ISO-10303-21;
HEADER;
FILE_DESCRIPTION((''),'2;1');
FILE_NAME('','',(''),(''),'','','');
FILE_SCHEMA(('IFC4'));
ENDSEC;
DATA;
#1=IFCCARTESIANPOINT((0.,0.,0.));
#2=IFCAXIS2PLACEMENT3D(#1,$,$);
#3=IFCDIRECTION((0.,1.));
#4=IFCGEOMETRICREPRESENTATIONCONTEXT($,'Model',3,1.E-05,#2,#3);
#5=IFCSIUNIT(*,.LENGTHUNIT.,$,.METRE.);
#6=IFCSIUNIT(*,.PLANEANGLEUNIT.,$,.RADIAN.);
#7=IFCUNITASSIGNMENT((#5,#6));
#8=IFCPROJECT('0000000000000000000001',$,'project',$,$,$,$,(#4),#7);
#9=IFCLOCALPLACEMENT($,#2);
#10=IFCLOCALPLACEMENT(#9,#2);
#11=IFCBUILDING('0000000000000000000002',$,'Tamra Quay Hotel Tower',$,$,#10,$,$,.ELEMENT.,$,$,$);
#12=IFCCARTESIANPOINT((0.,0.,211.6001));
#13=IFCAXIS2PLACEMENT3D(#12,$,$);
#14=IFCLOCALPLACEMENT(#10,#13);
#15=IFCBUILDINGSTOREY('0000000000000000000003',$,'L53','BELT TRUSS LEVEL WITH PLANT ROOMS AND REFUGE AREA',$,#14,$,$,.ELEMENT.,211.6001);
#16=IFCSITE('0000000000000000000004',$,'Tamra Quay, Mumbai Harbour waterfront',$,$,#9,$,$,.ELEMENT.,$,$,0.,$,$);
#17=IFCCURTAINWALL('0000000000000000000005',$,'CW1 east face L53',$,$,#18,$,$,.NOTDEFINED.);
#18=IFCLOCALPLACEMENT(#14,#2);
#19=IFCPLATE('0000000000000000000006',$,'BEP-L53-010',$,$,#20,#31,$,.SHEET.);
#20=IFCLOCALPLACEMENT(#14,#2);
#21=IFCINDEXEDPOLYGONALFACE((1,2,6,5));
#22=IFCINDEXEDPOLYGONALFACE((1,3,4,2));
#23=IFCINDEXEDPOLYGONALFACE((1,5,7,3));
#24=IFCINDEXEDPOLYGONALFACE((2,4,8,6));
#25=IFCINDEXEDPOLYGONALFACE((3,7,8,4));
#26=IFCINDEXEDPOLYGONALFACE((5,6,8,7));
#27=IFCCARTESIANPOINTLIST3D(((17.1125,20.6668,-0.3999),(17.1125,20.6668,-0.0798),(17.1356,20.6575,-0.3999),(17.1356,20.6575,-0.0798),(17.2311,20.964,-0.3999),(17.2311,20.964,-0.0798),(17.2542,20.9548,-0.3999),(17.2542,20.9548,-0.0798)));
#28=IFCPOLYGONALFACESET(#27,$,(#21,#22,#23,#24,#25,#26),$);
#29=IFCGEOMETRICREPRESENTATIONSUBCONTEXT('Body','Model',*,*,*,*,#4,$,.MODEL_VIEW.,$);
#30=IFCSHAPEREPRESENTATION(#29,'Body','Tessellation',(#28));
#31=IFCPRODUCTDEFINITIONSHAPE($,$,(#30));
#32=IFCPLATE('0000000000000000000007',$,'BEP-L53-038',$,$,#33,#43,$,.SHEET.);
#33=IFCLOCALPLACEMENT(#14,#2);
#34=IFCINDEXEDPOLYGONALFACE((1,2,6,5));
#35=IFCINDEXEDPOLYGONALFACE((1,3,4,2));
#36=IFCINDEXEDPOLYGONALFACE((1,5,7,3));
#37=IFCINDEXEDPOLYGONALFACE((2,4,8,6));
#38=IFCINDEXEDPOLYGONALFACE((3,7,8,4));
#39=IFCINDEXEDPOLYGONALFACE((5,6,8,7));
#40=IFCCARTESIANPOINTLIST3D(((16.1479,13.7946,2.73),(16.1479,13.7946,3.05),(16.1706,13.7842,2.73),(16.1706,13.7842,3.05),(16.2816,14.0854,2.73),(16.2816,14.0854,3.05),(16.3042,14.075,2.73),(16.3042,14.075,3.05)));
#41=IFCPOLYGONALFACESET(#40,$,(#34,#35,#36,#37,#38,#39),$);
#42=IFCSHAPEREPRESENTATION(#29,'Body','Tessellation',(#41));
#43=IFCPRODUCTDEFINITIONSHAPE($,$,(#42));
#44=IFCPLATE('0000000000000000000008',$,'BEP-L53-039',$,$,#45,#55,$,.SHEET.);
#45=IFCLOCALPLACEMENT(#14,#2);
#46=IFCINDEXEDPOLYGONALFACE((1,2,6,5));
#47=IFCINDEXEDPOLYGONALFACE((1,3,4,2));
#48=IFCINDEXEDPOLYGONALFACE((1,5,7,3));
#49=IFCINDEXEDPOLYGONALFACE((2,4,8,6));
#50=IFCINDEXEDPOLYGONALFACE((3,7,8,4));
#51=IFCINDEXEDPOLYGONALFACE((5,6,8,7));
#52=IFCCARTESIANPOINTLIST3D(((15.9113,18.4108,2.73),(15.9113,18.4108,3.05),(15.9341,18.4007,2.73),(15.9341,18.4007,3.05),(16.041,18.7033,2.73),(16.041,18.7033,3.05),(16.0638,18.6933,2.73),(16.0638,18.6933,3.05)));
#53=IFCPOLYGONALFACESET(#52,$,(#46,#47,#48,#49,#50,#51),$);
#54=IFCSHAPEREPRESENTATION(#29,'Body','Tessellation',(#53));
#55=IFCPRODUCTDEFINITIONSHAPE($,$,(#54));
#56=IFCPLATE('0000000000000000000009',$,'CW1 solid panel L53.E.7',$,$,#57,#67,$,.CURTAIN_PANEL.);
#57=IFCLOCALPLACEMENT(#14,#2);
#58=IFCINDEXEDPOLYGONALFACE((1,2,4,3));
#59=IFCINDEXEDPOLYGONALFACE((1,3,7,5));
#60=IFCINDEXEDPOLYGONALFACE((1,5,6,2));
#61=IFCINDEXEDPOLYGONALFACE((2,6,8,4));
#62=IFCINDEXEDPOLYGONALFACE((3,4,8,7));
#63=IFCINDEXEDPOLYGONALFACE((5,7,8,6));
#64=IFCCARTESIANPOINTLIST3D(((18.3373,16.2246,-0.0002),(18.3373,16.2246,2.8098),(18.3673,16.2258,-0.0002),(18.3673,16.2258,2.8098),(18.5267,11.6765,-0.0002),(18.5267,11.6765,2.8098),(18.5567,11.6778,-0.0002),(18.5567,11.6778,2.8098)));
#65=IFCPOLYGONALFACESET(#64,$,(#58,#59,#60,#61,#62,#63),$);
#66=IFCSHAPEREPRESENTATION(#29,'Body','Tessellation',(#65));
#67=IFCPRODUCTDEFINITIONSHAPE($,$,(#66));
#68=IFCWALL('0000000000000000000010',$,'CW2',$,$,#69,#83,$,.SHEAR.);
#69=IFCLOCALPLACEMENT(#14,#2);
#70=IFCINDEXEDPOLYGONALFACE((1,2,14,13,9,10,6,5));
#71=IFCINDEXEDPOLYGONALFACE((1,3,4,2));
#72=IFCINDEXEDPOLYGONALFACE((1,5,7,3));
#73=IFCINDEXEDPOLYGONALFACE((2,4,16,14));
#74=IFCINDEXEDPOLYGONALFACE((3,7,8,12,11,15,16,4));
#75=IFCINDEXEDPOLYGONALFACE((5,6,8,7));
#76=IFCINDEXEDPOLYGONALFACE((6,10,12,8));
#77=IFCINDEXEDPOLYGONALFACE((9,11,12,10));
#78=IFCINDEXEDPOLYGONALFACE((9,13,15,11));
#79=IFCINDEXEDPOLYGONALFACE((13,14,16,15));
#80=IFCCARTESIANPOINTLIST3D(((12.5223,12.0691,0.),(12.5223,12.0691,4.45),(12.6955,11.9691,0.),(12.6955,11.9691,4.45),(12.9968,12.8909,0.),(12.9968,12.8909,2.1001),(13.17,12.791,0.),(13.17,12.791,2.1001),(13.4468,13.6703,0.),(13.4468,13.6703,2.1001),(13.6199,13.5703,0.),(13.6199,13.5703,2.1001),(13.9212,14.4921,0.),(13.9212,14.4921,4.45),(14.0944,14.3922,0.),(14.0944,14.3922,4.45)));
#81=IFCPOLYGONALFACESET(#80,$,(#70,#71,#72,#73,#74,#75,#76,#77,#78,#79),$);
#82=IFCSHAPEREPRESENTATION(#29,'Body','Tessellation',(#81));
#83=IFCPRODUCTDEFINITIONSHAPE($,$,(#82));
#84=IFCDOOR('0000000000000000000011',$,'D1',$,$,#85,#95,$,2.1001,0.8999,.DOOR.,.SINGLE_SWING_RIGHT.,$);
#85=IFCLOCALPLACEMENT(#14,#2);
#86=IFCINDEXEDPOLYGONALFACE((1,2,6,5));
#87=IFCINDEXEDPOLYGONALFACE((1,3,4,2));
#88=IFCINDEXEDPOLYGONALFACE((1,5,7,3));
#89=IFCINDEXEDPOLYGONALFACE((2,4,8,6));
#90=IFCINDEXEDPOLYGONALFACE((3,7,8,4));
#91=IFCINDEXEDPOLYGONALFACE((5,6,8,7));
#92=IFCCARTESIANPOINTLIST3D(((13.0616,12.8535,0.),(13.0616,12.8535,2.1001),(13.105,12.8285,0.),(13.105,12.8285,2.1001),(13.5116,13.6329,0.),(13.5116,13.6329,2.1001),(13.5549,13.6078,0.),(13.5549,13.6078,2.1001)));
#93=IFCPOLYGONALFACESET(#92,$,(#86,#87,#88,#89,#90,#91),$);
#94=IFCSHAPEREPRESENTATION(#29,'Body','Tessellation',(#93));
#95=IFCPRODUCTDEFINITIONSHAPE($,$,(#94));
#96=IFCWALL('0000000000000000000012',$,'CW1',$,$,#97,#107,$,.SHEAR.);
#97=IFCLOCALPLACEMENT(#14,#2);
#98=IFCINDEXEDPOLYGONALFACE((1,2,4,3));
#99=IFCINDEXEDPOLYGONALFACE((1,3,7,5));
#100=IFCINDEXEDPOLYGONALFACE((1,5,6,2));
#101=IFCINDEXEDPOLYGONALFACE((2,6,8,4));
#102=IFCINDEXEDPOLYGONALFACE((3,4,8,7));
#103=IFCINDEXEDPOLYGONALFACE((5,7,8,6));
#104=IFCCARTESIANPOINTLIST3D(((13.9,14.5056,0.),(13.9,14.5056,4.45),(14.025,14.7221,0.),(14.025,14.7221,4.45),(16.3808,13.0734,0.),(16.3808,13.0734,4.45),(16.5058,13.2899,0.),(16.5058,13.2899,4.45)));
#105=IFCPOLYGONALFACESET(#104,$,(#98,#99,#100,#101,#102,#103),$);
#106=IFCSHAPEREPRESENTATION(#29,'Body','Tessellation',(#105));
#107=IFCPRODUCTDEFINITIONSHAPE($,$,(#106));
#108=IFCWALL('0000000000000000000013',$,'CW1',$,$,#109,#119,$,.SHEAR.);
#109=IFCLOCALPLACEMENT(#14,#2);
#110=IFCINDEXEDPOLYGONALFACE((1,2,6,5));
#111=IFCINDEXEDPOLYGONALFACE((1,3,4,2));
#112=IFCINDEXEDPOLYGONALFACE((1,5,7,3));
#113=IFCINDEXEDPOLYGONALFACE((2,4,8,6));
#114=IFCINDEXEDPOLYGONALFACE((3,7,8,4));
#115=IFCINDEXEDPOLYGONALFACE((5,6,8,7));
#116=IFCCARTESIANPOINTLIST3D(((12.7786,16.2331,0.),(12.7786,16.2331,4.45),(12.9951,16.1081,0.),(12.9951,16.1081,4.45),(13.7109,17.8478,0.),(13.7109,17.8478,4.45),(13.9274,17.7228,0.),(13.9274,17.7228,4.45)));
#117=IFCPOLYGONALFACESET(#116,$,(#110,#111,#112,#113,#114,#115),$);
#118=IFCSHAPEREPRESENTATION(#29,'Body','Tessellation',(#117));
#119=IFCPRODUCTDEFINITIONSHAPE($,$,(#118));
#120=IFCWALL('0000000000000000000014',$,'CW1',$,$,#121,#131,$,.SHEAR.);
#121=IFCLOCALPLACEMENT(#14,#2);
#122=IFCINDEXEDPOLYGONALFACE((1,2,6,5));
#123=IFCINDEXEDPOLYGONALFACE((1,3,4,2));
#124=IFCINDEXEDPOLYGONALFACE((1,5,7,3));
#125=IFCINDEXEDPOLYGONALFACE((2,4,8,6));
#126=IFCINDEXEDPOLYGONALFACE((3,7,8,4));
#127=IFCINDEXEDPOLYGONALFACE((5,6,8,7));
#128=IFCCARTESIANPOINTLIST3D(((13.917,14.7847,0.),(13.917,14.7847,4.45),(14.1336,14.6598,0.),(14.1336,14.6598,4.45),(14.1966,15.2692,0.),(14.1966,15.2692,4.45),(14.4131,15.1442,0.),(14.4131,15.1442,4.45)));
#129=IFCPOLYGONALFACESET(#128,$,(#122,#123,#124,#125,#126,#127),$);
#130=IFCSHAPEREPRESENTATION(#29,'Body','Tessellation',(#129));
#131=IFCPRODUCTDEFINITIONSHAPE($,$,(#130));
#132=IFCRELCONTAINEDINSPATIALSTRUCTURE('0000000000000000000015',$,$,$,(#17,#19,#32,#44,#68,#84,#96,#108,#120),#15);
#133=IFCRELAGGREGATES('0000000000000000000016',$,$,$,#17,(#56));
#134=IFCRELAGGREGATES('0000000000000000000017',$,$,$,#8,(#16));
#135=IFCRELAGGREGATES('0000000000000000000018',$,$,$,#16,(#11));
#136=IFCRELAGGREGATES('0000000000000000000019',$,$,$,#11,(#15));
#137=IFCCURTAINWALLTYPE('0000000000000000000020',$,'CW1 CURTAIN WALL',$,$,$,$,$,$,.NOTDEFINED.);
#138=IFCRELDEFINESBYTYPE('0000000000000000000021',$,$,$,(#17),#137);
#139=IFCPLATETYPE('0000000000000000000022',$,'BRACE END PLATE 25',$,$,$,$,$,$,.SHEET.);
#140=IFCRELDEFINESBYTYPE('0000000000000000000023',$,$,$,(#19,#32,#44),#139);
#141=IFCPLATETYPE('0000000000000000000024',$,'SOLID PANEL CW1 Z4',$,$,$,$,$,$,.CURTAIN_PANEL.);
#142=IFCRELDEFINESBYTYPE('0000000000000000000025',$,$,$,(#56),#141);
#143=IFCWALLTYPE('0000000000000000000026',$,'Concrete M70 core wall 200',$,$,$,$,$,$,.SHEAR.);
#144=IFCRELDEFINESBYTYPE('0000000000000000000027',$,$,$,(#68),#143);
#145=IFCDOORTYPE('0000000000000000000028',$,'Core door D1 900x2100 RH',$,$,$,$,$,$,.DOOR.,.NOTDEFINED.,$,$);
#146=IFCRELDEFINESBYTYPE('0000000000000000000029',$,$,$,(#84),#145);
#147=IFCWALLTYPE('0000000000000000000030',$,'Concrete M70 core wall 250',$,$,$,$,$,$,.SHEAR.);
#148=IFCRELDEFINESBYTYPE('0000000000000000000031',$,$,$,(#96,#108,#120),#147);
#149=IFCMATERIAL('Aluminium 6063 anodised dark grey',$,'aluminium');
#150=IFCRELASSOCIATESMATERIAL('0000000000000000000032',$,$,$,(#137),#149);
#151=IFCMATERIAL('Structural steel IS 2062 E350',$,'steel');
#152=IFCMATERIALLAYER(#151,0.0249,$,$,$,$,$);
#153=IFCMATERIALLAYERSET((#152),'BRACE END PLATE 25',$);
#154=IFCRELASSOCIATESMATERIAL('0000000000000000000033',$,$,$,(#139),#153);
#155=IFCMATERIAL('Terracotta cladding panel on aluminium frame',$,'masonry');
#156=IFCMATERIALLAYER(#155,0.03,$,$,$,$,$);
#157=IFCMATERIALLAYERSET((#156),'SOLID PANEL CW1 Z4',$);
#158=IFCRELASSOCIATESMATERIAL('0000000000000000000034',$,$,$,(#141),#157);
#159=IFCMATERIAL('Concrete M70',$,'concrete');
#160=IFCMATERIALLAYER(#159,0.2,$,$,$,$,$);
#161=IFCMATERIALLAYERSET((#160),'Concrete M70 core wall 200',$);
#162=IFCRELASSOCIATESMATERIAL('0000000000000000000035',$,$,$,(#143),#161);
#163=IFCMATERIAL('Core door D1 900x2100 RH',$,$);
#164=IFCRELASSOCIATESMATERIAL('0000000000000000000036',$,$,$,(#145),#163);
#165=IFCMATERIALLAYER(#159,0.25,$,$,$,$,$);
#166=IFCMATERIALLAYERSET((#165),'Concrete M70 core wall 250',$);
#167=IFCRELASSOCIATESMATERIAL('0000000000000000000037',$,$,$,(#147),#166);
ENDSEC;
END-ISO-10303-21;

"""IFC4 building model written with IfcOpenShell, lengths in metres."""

from ifc_helpers import new_model, si_unit, direction, frame, frame_2d, origin, origin_2d, place, context, subcontext, project, spatial, rectangle, extrude, material, layer, layer_set, type_object, element, fill, aggregate, save


model = new_model("IFC4")

# Units and contexts
model_context = context("Model", 3, precision=1e-05, world=origin(), true_north=direction((0.0, 1.0)))
body_context = subcontext(model_context, "Body", "Model", "MODEL_VIEW")
ifc_project = project(units=[si_unit("LENGTHUNIT", "METRE"), si_unit("PLANEANGLEUNIT", "RADIAN")], contexts=[model_context])

# Site, building, storey
site_placement = place(None, origin())
site = spatial("IfcSite", under=ifc_project, at=site_placement, Name="Tamra Quay, Mumbai Harbour waterfront", CompositionType="ELEMENT", RefElevation=0.0)
building_placement = place(site_placement, origin())
building = spatial("IfcBuilding", under=site, at=building_placement, Name="Tamra Quay Hotel Tower", CompositionType="ELEMENT")
storey_placement = place(building_placement, frame((0.0, 0.0, 211.6001)))
storey = spatial("IfcBuildingStorey", under=building, at=storey_placement, Name="L53", Description="BELT TRUSS LEVEL WITH PLANT ROOMS AND REFUGE AREA", CompositionType="ELEMENT", Elevation=211.6001)

# Shared definitions
ifc_material_1 = material(Name="Concrete M70", Category="concrete")

# Shared definitions
ifc_material_2 = material(Name="Structural steel IS 2062 E350", Category="steel")

# Curtain wall
ifc_material_3 = material(Name="Aluminium 6063 anodised dark grey", Category="aluminium")
curtain_wall_type = type_object("IfcCurtainWallType", Name="CW1 CURTAIN WALL", PredefinedType="NOTDEFINED", material=ifc_material_3)
curtain_wall_placement = place(storey_placement, origin())
curtain_wall = element("IfcCurtainWall", 1, at=curtain_wall_placement, inside=storey, type_object=curtain_wall_type, Name="CW1 east face L53", PredefinedType="NOTDEFINED")

# Plates
ifc_layer_1 = layer(ifc_material_2, 0.0249)
ifc_layer_set_1 = layer_set([ifc_layer_1], Name="BRACE END PLATE 25")
plate_type_1 = type_object("IfcPlateType", Name="BRACE END PLATE 25", PredefinedType="SHEET", material=ifc_layer_set_1)
for number, where, z_axis, x_axis, name in (
    (2, (17.1833, 20.8108, -0.3999), (0.0, 0.0, 1.0), (-0.928758, 0.370687, 0.0), "BEP-L53-010"),
    (3, (16.2261, 13.9348, 2.73), (0.0, 0.0, 1.0), (-0.908646, 0.417567, 0.0), "BEP-L53-038"),
    (4, (15.9875, 18.552, 2.73), (0.0, 0.0, 1.0), (-0.914156, 0.405362, 0.0), "BEP-L53-039"),
):
    element("IfcPlate", number, at=place(storey_placement, frame(where, z_axis=z_axis, x_axis=x_axis)), inside=storey, type_object=plate_type_1, Name=name, PredefinedType="SHEET", context=body_context, shape_type="SweptSolid", body=[
        extrude(rectangle(XDim=0.0249, YDim=0.3201, at=origin_2d()), origin(), (0.0, 0.0, 1.0), 0.3201),
    ])

# Plate
ifc_material_4 = material(Name="Terracotta cladding panel on aluminium frame", Category="masonry")
ifc_layer_2 = layer(ifc_material_4, 0.03)
ifc_layer_set_2 = layer_set([ifc_layer_2], Name="SOLID PANEL CW1 Z4")
plate_type_2 = type_object("IfcPlateType", Name="SOLID PANEL CW1 Z4", PredefinedType="CURTAIN_PANEL", material=ifc_layer_set_2)
plate_placement = place(storey_placement, frame((18.447, 13.9512, -0.0002), z_axis=(0.0, 0.0, 1.0), x_axis=(-0.0416, 0.999134, 0.0)))
plate = element("IfcPlate", 5, at=plate_placement, type_object=plate_type_2, Name="CW1 solid panel L53.E.7", PredefinedType="CURTAIN_PANEL", context=body_context, shape_type="SweptSolid", body=[
    extrude(rectangle(XDim=4.552, YDim=0.03, at=origin_2d()), origin(), (0.0, 0.0, 1.0), 2.8101),
])
aggregate(curtain_wall, [plate])

# Wall, opening, door
ifc_layer_3 = layer(ifc_material_1, 0.2)
ifc_layer_set_3 = layer_set([ifc_layer_3], Name="Concrete M70 core wall 200")
wall_type_1 = type_object("IfcWallType", Name="Concrete M70 core wall 200", PredefinedType="SHEAR", material=ifc_layer_set_3)
wall_1_placement = place(storey_placement, frame((14.0078, 14.4421, 0.0), z_axis=(0.0, 0.0, 1.0), x_axis=(-0.499987, -0.866033, 0.0)))
wall_1 = element("IfcWall", 6, at=wall_1_placement, inside=storey, type_object=wall_type_1, Name="CW2", PredefinedType="SHEAR", context=body_context, shape_type="SweptSolid", body=[
    extrude(rectangle(XDim=2.7979, YDim=0.2, at=frame_2d((1.3989, 0.0))), origin(), (0.0, 0.0, 1.0), 4.45),
])
opening_placement = place(wall_1_placement, frame((0.949, 0.0, 0.0)))
opening = element("IfcOpeningElement", 7, at=opening_placement, cuts=wall_1, PredefinedType="OPENING", context=body_context, shape_type="SweptSolid", body=[
    extrude(rectangle(XDim=0.8999, YDim=2.1001, at=frame_2d((0.45, 1.05))), frame((0.0, 0.1099, 0.0), z_axis=(0.0, -1.0, 0.0), x_axis=(1.0, 0.0, 0.0)), (0.0, 0.0, 1.0), 0.22),
])
ifc_material_5 = material(Name="Core door D1 900x2100 RH")
door_type = type_object("IfcDoorType", Name="Core door D1 900x2100 RH", OperationType="NOTDEFINED", PredefinedType="DOOR", material=ifc_material_5)
door_placement = place(opening_placement, origin())
door = element("IfcDoor", 8, at=door_placement, inside=storey, type_object=door_type, Name="D1", OperationType="SINGLE_SWING_RIGHT", OverallHeight=2.1001, OverallWidth=0.8999, PredefinedType="DOOR", context=body_context, shape_type="SweptSolid", body=[
    extrude(rectangle(XDim=0.8999, YDim=2.1001, at=frame_2d((0.45, 1.05))), frame((0.0, 0.0249, 0.0), z_axis=(0.0, -1.0, 0.0), x_axis=(1.0, 0.0, 0.0)), (0.0, 0.0, 1.0), 0.05),
])
fill(opening, door)

# Walls
ifc_layer_4 = layer(ifc_material_1, 0.25)
ifc_layer_set_4 = layer_set([ifc_layer_4], Name="Concrete M70 core wall 250")
wall_type_2 = type_object("IfcWallType", Name="Concrete M70 core wall 250", PredefinedType="SHEAR", material=ifc_layer_set_4)
wall_2_placement = place(storey_placement, frame((13.9626, 14.6138, 0.0), z_axis=(0.0, 0.0, 1.0), x_axis=(0.866042, -0.499971, 0.0)))
element("IfcWall", 9, at=wall_2_placement, inside=storey, type_object=wall_type_2, Name="CW1", PredefinedType="SHEAR", context=body_context, shape_type="SweptSolid", body=[
    extrude(rectangle(XDim=2.8645, YDim=0.25, at=frame_2d((1.4321, 0.0))), origin(), (0.0, 0.0, 1.0), 4.45),
])
wall_3_placement = place(storey_placement, frame((13.8191, 17.7852, 0.0), z_axis=(0.0, 0.0, 1.0), x_axis=(-0.50004, -0.866002, 0.0)))
element("IfcWall", 10, at=wall_3_placement, inside=storey, type_object=wall_type_2, Name="CW1", PredefinedType="SHEAR", context=body_context, shape_type="SweptSolid", body=[
    extrude(rectangle(XDim=1.8645, YDim=0.25, at=frame_2d((0.9321, 0.0))), origin(), (0.0, 0.0, 1.0), 4.45),
])
wall_4_placement = place(storey_placement, frame((14.3049, 15.2068, 0.0), z_axis=(0.0, 0.0, 1.0), x_axis=(-0.499848, -0.866113, 0.0)))
element("IfcWall", 11, at=wall_4_placement, inside=storey, type_object=wall_type_2, Name="CW1", PredefinedType="SHEAR", context=body_context, shape_type="SweptSolid", body=[
    extrude(rectangle(XDim=0.5593, YDim=0.25, at=frame_2d((0.2798, 0.0))), origin(), (0.0, 0.0, 1.0), 4.45),
])

save(model, "model.ifc")
